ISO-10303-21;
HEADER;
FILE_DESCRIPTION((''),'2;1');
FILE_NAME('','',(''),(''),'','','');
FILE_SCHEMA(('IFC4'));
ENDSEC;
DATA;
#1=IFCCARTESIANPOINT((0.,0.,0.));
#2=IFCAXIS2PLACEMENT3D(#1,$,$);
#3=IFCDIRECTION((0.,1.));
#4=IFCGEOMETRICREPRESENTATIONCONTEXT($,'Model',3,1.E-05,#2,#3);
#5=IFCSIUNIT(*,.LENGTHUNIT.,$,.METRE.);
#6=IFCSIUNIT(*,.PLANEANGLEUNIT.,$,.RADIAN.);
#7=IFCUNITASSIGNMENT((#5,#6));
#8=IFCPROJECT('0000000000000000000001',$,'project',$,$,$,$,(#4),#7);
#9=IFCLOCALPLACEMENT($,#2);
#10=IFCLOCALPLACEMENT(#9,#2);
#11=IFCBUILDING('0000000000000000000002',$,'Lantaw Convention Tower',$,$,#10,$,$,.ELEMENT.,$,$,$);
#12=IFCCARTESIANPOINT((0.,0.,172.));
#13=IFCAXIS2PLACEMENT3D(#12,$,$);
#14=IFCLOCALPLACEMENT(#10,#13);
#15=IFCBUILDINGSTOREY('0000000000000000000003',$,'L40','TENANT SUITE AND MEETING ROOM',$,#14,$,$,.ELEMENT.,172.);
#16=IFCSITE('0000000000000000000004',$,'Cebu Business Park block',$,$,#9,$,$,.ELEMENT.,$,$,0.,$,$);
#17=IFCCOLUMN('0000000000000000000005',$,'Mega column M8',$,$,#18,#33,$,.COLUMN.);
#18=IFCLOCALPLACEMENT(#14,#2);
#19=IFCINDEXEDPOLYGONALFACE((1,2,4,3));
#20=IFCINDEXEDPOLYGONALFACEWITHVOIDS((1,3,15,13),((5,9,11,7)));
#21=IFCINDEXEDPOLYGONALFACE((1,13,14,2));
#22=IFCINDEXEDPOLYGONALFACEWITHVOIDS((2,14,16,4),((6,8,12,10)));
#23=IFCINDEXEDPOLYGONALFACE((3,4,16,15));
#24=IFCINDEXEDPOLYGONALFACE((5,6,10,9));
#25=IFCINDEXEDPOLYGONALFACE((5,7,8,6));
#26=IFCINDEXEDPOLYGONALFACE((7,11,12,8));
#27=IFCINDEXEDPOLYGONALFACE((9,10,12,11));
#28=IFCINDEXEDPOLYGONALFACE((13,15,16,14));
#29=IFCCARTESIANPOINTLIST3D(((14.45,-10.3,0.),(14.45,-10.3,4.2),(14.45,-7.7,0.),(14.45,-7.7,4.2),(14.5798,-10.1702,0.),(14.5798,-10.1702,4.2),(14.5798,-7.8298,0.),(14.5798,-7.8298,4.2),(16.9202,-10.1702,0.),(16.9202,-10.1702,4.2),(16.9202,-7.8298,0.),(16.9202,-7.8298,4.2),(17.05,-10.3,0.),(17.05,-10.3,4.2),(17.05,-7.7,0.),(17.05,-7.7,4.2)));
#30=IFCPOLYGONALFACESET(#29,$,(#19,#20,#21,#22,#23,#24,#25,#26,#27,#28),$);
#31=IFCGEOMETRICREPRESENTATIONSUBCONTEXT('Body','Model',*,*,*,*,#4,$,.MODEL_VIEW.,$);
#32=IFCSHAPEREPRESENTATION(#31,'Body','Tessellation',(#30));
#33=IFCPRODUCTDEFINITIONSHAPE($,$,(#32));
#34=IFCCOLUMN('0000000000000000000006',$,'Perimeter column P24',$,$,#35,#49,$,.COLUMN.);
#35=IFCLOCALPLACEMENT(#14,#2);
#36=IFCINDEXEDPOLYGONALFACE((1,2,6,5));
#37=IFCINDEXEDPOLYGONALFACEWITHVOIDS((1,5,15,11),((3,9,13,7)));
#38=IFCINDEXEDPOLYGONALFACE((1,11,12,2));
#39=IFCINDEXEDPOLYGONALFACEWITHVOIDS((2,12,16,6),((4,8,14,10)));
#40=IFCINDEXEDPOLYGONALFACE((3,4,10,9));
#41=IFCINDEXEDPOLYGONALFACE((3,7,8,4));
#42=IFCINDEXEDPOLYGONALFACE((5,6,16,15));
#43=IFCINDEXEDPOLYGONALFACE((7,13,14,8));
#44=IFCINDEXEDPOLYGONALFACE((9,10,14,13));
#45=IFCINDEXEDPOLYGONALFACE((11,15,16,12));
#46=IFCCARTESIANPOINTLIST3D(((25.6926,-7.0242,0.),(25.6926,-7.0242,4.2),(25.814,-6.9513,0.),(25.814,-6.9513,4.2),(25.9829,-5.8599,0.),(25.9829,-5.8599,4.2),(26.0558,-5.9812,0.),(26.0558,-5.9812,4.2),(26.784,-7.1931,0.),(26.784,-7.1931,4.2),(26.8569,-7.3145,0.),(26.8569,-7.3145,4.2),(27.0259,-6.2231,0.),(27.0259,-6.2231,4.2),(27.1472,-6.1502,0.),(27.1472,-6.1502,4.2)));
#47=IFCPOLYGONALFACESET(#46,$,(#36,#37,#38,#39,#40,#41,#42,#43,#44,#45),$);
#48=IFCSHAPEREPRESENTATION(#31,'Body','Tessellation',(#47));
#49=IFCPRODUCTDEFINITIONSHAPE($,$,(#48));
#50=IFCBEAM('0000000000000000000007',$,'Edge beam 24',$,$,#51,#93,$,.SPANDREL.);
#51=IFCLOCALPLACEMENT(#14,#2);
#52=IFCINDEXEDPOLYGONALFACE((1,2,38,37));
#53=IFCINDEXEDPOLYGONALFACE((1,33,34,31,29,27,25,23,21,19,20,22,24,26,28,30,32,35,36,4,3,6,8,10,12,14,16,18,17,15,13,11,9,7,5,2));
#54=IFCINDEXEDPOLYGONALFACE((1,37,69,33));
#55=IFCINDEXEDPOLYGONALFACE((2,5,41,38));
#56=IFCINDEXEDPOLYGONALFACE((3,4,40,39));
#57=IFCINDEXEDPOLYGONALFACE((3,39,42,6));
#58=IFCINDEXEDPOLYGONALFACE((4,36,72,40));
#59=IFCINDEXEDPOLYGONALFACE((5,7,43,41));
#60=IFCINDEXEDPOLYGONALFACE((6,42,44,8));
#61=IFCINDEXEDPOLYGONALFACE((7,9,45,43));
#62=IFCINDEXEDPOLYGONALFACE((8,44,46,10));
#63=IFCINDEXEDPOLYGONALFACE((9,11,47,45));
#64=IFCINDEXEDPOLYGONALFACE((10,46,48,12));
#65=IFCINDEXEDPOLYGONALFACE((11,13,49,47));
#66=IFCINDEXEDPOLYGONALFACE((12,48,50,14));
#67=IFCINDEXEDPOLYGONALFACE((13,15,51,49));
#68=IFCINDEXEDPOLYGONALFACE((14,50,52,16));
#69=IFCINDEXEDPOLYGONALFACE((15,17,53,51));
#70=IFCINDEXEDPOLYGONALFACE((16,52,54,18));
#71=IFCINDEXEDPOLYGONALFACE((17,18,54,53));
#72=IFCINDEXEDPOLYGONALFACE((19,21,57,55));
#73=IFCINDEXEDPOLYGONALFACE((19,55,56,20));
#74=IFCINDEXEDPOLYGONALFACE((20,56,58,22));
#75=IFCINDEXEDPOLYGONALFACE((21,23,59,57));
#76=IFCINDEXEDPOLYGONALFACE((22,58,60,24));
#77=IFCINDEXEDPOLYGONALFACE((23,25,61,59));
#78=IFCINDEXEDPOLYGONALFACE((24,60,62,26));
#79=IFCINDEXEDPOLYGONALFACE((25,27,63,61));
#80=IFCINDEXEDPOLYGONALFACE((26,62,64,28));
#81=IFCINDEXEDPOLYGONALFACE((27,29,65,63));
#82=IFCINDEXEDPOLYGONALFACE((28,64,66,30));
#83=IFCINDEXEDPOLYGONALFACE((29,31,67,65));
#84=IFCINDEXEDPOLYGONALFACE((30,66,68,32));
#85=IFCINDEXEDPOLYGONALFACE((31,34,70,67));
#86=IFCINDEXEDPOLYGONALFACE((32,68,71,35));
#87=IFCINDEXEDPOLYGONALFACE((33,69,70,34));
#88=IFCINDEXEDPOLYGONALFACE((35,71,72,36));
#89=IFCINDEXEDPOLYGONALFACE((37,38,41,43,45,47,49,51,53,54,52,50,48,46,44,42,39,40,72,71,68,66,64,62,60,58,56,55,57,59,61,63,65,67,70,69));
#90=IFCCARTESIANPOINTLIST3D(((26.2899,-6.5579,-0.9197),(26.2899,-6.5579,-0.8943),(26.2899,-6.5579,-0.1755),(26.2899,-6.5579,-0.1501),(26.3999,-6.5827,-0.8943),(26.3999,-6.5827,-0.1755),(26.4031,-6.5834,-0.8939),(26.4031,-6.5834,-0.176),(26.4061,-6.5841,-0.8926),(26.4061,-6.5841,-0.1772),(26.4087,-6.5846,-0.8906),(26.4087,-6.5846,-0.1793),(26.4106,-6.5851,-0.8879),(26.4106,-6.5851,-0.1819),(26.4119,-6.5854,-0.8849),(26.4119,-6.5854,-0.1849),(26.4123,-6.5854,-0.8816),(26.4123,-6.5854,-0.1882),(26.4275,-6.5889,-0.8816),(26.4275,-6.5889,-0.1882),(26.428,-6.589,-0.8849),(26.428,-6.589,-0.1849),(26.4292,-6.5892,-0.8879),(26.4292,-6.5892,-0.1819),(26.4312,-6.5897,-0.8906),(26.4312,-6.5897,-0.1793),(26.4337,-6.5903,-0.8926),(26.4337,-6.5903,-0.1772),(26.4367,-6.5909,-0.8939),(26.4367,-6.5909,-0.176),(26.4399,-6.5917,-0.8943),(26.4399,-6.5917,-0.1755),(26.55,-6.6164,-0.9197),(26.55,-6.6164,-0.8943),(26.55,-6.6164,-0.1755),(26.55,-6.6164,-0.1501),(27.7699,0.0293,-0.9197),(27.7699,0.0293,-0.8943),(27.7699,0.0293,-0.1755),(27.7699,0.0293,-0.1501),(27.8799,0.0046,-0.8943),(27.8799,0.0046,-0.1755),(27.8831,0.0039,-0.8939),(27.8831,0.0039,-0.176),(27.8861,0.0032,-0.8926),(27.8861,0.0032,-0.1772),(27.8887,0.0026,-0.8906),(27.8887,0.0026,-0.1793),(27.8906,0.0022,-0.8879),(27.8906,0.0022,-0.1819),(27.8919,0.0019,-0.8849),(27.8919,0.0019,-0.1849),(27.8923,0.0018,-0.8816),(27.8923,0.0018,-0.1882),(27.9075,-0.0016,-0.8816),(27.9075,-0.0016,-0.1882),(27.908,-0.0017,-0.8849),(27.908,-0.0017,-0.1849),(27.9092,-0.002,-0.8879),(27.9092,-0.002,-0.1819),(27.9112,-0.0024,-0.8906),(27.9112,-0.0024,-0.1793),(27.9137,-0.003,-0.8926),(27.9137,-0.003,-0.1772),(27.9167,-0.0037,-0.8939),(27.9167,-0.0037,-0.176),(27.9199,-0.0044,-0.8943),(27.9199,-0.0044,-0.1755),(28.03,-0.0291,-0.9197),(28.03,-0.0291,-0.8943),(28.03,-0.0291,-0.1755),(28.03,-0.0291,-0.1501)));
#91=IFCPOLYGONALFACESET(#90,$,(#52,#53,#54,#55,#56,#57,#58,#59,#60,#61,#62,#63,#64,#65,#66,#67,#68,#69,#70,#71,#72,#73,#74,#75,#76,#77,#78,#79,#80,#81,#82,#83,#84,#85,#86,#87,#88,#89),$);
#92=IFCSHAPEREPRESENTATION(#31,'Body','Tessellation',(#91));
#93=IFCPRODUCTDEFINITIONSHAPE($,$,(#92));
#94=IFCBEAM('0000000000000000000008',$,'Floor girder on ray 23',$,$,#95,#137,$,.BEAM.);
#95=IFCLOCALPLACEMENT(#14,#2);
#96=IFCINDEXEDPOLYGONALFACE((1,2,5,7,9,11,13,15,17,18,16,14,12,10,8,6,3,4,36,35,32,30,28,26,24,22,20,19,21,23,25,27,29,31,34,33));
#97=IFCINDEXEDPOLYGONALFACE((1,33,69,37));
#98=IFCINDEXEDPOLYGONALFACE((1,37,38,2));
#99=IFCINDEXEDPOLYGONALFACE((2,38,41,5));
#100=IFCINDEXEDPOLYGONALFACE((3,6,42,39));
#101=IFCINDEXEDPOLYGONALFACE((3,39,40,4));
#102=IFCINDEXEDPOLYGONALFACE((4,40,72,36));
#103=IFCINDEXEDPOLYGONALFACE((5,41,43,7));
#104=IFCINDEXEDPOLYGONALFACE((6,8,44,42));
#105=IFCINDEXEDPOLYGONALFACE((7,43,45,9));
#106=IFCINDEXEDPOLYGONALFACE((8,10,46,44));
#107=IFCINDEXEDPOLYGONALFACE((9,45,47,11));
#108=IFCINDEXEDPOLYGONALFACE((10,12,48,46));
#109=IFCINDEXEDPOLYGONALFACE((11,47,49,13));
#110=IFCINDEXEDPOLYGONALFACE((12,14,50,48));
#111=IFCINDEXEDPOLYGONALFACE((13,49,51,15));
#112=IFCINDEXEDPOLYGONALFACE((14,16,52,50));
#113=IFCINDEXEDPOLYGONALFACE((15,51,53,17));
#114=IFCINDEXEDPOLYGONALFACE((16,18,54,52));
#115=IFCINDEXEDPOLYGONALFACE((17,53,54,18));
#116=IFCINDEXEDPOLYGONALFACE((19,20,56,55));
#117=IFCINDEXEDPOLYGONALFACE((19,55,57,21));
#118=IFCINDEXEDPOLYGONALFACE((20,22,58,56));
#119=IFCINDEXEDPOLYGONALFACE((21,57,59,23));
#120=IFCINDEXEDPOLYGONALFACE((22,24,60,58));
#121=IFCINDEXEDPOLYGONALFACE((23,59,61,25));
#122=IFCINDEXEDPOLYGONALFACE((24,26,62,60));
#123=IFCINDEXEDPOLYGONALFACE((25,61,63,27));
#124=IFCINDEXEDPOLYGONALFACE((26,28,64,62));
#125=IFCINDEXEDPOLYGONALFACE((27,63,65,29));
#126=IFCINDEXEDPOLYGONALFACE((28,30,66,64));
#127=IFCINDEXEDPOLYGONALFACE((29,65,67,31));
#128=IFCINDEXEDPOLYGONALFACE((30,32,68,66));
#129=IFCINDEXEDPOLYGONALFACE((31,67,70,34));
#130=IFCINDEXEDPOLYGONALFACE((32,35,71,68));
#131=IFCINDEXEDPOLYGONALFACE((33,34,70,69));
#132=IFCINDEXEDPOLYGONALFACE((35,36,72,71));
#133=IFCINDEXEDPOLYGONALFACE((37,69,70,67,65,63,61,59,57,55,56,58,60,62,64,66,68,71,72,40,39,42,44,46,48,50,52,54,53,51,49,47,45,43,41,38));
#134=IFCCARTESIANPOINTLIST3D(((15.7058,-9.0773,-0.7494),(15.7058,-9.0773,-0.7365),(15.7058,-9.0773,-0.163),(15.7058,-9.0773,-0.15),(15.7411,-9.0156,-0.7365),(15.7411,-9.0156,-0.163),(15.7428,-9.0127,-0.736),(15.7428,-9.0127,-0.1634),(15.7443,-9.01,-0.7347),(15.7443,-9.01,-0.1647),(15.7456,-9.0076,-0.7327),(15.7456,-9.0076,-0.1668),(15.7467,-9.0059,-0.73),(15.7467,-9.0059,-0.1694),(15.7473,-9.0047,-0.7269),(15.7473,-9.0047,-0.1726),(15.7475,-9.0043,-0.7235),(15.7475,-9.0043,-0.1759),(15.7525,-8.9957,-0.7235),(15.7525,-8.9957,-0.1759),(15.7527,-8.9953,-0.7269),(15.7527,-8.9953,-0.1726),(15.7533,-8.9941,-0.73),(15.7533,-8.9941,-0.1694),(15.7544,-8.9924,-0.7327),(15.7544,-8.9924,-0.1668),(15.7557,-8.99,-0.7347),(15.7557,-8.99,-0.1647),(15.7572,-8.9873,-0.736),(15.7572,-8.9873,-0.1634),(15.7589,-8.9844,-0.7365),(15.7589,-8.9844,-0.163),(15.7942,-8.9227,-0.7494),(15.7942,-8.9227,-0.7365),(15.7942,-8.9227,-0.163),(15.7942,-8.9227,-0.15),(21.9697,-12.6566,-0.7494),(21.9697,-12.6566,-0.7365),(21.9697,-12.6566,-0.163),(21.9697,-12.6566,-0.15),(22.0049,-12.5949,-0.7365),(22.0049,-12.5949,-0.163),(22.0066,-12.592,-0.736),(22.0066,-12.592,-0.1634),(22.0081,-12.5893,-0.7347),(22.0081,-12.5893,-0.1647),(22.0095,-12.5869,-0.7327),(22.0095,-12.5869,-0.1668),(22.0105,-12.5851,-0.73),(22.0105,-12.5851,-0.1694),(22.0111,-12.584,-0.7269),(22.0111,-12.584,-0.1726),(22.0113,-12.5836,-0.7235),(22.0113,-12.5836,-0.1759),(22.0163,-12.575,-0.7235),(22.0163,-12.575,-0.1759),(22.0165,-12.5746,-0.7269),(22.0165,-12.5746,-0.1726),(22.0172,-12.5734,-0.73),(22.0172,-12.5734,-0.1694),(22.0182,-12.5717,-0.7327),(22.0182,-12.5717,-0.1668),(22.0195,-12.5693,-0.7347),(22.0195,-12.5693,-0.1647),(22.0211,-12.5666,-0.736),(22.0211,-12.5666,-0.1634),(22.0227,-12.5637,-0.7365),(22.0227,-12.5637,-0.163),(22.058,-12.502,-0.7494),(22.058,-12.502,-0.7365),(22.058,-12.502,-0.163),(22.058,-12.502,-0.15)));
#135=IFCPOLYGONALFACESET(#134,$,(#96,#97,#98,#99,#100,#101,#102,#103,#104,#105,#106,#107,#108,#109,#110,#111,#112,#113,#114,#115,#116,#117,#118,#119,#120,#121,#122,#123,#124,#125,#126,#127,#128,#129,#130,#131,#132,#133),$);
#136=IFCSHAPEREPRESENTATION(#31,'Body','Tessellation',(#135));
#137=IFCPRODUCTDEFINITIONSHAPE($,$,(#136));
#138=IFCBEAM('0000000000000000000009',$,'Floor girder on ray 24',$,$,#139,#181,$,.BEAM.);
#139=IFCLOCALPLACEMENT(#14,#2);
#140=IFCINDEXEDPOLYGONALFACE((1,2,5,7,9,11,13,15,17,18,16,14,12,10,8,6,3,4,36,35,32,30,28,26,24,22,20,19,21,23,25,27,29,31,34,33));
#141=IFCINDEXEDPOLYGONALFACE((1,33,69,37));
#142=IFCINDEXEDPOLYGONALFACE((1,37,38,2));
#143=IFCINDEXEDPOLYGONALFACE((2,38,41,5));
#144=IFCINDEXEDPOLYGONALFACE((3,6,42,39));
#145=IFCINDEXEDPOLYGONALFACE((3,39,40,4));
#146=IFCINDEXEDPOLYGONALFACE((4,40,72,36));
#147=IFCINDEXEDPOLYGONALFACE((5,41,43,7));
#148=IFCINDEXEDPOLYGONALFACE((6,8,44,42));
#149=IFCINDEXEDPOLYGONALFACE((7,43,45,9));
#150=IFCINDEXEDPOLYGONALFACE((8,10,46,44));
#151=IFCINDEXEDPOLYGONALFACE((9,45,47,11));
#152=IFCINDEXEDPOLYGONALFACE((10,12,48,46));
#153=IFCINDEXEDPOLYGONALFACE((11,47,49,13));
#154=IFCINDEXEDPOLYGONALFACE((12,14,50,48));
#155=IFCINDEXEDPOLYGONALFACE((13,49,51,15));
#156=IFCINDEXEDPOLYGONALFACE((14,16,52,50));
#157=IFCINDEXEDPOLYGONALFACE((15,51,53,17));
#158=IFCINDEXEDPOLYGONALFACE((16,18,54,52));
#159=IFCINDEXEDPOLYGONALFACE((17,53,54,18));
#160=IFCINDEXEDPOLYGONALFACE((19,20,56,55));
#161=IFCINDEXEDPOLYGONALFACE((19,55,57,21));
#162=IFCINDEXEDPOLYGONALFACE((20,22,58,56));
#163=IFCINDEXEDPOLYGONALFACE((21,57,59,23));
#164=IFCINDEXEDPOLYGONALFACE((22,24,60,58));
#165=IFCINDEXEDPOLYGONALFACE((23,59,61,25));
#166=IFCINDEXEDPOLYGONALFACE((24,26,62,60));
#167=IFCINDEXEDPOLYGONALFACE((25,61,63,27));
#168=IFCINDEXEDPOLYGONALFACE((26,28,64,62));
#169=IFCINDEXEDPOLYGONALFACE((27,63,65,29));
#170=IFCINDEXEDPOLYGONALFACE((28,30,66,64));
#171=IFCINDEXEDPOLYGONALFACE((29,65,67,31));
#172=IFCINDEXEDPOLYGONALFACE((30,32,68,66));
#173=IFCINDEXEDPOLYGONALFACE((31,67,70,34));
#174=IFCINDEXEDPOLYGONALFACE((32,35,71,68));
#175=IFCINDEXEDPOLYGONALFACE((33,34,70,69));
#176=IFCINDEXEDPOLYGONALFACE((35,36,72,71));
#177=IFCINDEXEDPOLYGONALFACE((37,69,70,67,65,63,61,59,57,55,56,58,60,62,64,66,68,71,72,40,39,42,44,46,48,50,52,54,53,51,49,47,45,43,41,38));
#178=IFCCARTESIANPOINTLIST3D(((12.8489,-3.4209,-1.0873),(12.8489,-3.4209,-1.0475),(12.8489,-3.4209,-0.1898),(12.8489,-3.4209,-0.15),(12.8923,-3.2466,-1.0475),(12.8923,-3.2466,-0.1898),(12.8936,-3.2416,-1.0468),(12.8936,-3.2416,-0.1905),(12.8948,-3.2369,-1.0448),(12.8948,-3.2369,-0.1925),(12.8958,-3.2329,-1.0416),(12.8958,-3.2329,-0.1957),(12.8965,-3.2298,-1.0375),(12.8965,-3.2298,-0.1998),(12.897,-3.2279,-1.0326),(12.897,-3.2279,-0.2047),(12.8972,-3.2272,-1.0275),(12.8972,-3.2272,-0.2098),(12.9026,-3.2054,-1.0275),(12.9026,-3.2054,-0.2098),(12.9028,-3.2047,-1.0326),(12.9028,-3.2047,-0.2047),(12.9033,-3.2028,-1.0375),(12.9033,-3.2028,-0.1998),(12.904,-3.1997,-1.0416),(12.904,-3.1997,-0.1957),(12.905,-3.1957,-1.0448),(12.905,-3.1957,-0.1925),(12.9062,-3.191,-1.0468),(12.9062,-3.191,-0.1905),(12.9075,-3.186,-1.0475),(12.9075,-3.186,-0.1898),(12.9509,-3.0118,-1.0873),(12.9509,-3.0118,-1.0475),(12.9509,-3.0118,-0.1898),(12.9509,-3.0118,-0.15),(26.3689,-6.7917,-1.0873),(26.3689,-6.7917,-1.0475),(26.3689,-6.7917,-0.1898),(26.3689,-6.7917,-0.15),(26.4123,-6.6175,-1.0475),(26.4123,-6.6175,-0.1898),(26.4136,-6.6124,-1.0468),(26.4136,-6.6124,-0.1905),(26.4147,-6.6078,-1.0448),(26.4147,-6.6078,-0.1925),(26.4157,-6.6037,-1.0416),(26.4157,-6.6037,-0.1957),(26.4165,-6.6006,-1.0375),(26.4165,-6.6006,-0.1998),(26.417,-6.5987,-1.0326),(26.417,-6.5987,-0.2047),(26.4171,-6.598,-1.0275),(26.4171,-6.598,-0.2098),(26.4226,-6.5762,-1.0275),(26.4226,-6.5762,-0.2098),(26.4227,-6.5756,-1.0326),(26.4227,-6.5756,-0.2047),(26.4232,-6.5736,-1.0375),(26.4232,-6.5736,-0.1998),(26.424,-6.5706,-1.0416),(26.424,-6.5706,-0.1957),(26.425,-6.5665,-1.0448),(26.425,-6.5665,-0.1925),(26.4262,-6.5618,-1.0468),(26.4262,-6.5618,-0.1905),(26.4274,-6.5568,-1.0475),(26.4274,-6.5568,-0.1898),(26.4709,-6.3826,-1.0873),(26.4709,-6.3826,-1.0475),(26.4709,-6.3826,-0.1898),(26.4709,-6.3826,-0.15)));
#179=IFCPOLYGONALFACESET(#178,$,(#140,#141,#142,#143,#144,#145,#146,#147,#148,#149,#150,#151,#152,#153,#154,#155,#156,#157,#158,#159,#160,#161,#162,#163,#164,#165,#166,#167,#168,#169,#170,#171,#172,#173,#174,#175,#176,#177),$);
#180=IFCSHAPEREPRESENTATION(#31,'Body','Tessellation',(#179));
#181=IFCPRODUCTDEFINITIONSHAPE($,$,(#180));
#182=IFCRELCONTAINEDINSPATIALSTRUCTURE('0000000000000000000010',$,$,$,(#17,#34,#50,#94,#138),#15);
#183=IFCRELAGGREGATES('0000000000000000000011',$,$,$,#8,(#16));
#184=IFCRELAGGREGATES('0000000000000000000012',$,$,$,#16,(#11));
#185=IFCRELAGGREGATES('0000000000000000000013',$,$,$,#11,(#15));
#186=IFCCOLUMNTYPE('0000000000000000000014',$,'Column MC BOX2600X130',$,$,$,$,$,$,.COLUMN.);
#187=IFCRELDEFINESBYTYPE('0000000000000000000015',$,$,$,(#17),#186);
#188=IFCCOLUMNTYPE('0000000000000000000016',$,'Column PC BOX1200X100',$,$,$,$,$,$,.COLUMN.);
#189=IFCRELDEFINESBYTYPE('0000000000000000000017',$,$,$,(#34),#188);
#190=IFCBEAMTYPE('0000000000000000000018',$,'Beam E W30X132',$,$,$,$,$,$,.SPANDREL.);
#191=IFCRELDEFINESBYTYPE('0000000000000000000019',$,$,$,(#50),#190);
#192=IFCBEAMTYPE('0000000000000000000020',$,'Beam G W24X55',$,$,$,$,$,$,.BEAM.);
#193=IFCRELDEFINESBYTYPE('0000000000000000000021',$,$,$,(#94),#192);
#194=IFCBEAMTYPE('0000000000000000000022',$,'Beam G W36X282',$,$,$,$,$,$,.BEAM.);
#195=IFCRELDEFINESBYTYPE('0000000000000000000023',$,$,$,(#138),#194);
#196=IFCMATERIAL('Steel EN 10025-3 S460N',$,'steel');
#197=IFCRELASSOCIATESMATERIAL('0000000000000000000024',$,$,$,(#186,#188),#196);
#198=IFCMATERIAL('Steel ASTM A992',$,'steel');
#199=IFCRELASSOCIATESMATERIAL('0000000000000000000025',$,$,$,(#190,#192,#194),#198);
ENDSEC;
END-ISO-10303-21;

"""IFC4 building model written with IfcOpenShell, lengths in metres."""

from ifc_helpers import new_model, si_unit, direction, frame, origin, origin_2d, place, context, subcontext, project, spatial, rectangle, hollow_rectangle, i_section, extrude, material, material_profile, profile_set, type_object, element, save


model = new_model("IFC4")

# Units and contexts
model_context = context("Model", 3, precision=1e-05, world=origin(), true_north=direction((0.0, 1.0)))
body_context = subcontext(model_context, "Body", "Model", "MODEL_VIEW")
ifc_project = project(units=[si_unit("LENGTHUNIT", "METRE"), si_unit("PLANEANGLEUNIT", "RADIAN")], contexts=[model_context])

# Site, building, storey
site_placement = place(None, origin())
site = spatial("IfcSite", under=ifc_project, at=site_placement, Name="Cebu Business Park block", CompositionType="ELEMENT", RefElevation=0.0)
building_placement = place(site_placement, origin())
building = spatial("IfcBuilding", under=site, at=building_placement, Name="Lantaw Convention Tower", CompositionType="ELEMENT")
storey_placement = place(building_placement, frame((0.0, 0.0, 172.0)))
storey = spatial("IfcBuildingStorey", under=building, at=storey_placement, Name="L40", Description="TENANT SUITE AND MEETING ROOM", CompositionType="ELEMENT", Elevation=172.0)

# Columns
ifc_material_1 = material(Name="Steel EN 10025-3 S460N", Category="steel")
ifc_material_profile_1 = material_profile(ifc_material_1, hollow_rectangle(XDim=2.6001, YDim=2.6001, WallThickness=0.1299, at=origin_2d()), Name="BOX2600X130")
ifc_material_2 = material(Name="Concrete C60/75", Category="concrete")
ifc_material_profile_2 = material_profile(ifc_material_2, rectangle(XDim=2.3401, YDim=2.3401, at=origin_2d()), Name="Concrete fill of BOX2600X130")
ifc_profile_set_1 = profile_set([ifc_material_profile_1, ifc_material_profile_2], Name="Steel EN 10025-3 S460N")
column_type_1 = type_object("IfcColumnType", Name="Column MC BOX2600X130", PredefinedType="COLUMN", material=ifc_profile_set_1)
column_1_placement = place(storey_placement, frame((15.75, -9.0, 0.0), z_axis=(0.0, 0.0, 1.0), x_axis=(1.0, 0.0, 0.0)))
element("IfcColumn", 1, at=column_1_placement, inside=storey, type_object=column_type_1, Name="Mega column M8", PredefinedType="COLUMN", context=body_context, shape_type="SweptSolid", body=[
    extrude(hollow_rectangle(XDim=2.6001, YDim=2.6001, WallThickness=0.1299, at=origin_2d()), origin(), (0.0, 0.0, 1.0), 4.2),
])
ifc_material_profile_3 = material_profile(ifc_material_1, hollow_rectangle(XDim=1.2, YDim=1.2, WallThickness=0.1001, at=origin_2d()), Name="BOX1200X100")
ifc_material_profile_4 = material_profile(ifc_material_2, rectangle(XDim=1.0, YDim=1.0, at=origin_2d()), Name="Concrete fill of BOX1200X100")
ifc_profile_set_2 = profile_set([ifc_material_profile_3, ifc_material_profile_4], Name="Steel EN 10025-3 S460N")
column_type_2 = type_object("IfcColumnType", Name="Column PC BOX1200X100", PredefinedType="COLUMN", material=ifc_profile_set_2)
column_2_placement = place(storey_placement, frame((26.4199, -6.5872, 0.0), z_axis=(0.0, 0.0, 1.0), x_axis=(0.241922, 0.970296, 0.0)))
element("IfcColumn", 2, at=column_2_placement, inside=storey, type_object=column_type_2, Name="Perimeter column P24", PredefinedType="COLUMN", context=body_context, shape_type="SweptSolid", body=[
    extrude(hollow_rectangle(XDim=1.2, YDim=1.2, WallThickness=0.1001, at=origin_2d()), origin(), (0.0, 0.0, 1.0), 4.2),
])

# Beams
ifc_material_3 = material(Name="Steel ASTM A992", Category="steel")
ifc_material_profile_5 = material_profile(ifc_material_3, i_section(OverallWidth=0.2666, OverallDepth=0.7695, WebThickness=0.0156, FlangeThickness=0.0254, FilletRadius=0.0127, at=origin_2d()), Name="W30X132")
ifc_profile_set_3 = profile_set([ifc_material_profile_5], Name="Steel ASTM A992")
beam_type_1 = type_object("IfcBeamType", Name="Beam E W30X132", PredefinedType="SPANDREL", material=ifc_profile_set_3)
beam_1_placement = place(storey_placement, frame((26.4199, -6.5872, -0.5349), z_axis=(0.219212, 0.975677, 0.0), x_axis=(-0.975677, 0.219212, 0.0)))
element("IfcBeam", 3, at=beam_1_placement, inside=storey, type_object=beam_type_1, Name="Edge beam 24", PredefinedType="SPANDREL", context=body_context, shape_type="SweptSolid", body=[
    extrude(i_section(OverallWidth=0.2666, OverallDepth=0.7695, WebThickness=0.0156, FlangeThickness=0.0254, FilletRadius=0.0127, at=origin_2d()), origin(), (0.0, 0.0, 1.0), 6.7515),
])
ifc_material_profile_6 = material_profile(ifc_material_3, i_section(OverallWidth=0.178, OverallDepth=0.5994, WebThickness=0.01, FlangeThickness=0.0129, FilletRadius=0.0129, at=origin_2d()), Name="W24X55")
ifc_profile_set_4 = profile_set([ifc_material_profile_6], Name="Steel ASTM A992")
beam_type_2 = type_object("IfcBeamType", Name="Beam G W24X55", PredefinedType="BEAM", material=ifc_profile_set_4)
beam_2_placement = place(storey_placement, frame((15.75, -9.0, -0.4497), z_axis=(0.868245, -0.496135, 0.0), x_axis=(0.496135, 0.868245, 0.0)))
element("IfcBeam", 4, at=beam_2_placement, inside=storey, type_object=beam_type_2, Name="Floor girder on ray 23", PredefinedType="BEAM", context=body_context, shape_type="SweptSolid", body=[
    extrude(i_section(OverallWidth=0.178, OverallDepth=0.5994, WebThickness=0.01, FlangeThickness=0.0129, FilletRadius=0.0129, at=origin_2d()), origin(), (0.0, 0.0, 1.0), 7.2144),
])
ifc_material_profile_7 = material_profile(ifc_material_3, i_section(OverallWidth=0.4216, OverallDepth=0.9373, WebThickness=0.0225, FlangeThickness=0.0398, FilletRadius=0.02, at=origin_2d()), Name="W36X282")
ifc_profile_set_5 = profile_set([ifc_material_profile_7], Name="Steel ASTM A992")
beam_type_3 = type_object("IfcBeamType", Name="Beam G W36X282", PredefinedType="BEAM", material=ifc_profile_set_5)
beam_3_placement = place(storey_placement, frame((12.8999, -3.2163, -0.6187), z_axis=(0.970297, -0.241917, 0.0), x_axis=(0.241917, 0.970297, 0.0)))
element("IfcBeam", 5, at=beam_3_placement, inside=storey, type_object=beam_type_3, Name="Floor girder on ray 24", PredefinedType="BEAM", context=body_context, shape_type="SweptSolid", body=[
    extrude(i_section(OverallWidth=0.4216, OverallDepth=0.9373, WebThickness=0.0225, FlangeThickness=0.0398, FilletRadius=0.02, at=origin_2d()), origin(), (0.0, 0.0, 1.0), 13.9338),
])

save(model, "model.ifc")
